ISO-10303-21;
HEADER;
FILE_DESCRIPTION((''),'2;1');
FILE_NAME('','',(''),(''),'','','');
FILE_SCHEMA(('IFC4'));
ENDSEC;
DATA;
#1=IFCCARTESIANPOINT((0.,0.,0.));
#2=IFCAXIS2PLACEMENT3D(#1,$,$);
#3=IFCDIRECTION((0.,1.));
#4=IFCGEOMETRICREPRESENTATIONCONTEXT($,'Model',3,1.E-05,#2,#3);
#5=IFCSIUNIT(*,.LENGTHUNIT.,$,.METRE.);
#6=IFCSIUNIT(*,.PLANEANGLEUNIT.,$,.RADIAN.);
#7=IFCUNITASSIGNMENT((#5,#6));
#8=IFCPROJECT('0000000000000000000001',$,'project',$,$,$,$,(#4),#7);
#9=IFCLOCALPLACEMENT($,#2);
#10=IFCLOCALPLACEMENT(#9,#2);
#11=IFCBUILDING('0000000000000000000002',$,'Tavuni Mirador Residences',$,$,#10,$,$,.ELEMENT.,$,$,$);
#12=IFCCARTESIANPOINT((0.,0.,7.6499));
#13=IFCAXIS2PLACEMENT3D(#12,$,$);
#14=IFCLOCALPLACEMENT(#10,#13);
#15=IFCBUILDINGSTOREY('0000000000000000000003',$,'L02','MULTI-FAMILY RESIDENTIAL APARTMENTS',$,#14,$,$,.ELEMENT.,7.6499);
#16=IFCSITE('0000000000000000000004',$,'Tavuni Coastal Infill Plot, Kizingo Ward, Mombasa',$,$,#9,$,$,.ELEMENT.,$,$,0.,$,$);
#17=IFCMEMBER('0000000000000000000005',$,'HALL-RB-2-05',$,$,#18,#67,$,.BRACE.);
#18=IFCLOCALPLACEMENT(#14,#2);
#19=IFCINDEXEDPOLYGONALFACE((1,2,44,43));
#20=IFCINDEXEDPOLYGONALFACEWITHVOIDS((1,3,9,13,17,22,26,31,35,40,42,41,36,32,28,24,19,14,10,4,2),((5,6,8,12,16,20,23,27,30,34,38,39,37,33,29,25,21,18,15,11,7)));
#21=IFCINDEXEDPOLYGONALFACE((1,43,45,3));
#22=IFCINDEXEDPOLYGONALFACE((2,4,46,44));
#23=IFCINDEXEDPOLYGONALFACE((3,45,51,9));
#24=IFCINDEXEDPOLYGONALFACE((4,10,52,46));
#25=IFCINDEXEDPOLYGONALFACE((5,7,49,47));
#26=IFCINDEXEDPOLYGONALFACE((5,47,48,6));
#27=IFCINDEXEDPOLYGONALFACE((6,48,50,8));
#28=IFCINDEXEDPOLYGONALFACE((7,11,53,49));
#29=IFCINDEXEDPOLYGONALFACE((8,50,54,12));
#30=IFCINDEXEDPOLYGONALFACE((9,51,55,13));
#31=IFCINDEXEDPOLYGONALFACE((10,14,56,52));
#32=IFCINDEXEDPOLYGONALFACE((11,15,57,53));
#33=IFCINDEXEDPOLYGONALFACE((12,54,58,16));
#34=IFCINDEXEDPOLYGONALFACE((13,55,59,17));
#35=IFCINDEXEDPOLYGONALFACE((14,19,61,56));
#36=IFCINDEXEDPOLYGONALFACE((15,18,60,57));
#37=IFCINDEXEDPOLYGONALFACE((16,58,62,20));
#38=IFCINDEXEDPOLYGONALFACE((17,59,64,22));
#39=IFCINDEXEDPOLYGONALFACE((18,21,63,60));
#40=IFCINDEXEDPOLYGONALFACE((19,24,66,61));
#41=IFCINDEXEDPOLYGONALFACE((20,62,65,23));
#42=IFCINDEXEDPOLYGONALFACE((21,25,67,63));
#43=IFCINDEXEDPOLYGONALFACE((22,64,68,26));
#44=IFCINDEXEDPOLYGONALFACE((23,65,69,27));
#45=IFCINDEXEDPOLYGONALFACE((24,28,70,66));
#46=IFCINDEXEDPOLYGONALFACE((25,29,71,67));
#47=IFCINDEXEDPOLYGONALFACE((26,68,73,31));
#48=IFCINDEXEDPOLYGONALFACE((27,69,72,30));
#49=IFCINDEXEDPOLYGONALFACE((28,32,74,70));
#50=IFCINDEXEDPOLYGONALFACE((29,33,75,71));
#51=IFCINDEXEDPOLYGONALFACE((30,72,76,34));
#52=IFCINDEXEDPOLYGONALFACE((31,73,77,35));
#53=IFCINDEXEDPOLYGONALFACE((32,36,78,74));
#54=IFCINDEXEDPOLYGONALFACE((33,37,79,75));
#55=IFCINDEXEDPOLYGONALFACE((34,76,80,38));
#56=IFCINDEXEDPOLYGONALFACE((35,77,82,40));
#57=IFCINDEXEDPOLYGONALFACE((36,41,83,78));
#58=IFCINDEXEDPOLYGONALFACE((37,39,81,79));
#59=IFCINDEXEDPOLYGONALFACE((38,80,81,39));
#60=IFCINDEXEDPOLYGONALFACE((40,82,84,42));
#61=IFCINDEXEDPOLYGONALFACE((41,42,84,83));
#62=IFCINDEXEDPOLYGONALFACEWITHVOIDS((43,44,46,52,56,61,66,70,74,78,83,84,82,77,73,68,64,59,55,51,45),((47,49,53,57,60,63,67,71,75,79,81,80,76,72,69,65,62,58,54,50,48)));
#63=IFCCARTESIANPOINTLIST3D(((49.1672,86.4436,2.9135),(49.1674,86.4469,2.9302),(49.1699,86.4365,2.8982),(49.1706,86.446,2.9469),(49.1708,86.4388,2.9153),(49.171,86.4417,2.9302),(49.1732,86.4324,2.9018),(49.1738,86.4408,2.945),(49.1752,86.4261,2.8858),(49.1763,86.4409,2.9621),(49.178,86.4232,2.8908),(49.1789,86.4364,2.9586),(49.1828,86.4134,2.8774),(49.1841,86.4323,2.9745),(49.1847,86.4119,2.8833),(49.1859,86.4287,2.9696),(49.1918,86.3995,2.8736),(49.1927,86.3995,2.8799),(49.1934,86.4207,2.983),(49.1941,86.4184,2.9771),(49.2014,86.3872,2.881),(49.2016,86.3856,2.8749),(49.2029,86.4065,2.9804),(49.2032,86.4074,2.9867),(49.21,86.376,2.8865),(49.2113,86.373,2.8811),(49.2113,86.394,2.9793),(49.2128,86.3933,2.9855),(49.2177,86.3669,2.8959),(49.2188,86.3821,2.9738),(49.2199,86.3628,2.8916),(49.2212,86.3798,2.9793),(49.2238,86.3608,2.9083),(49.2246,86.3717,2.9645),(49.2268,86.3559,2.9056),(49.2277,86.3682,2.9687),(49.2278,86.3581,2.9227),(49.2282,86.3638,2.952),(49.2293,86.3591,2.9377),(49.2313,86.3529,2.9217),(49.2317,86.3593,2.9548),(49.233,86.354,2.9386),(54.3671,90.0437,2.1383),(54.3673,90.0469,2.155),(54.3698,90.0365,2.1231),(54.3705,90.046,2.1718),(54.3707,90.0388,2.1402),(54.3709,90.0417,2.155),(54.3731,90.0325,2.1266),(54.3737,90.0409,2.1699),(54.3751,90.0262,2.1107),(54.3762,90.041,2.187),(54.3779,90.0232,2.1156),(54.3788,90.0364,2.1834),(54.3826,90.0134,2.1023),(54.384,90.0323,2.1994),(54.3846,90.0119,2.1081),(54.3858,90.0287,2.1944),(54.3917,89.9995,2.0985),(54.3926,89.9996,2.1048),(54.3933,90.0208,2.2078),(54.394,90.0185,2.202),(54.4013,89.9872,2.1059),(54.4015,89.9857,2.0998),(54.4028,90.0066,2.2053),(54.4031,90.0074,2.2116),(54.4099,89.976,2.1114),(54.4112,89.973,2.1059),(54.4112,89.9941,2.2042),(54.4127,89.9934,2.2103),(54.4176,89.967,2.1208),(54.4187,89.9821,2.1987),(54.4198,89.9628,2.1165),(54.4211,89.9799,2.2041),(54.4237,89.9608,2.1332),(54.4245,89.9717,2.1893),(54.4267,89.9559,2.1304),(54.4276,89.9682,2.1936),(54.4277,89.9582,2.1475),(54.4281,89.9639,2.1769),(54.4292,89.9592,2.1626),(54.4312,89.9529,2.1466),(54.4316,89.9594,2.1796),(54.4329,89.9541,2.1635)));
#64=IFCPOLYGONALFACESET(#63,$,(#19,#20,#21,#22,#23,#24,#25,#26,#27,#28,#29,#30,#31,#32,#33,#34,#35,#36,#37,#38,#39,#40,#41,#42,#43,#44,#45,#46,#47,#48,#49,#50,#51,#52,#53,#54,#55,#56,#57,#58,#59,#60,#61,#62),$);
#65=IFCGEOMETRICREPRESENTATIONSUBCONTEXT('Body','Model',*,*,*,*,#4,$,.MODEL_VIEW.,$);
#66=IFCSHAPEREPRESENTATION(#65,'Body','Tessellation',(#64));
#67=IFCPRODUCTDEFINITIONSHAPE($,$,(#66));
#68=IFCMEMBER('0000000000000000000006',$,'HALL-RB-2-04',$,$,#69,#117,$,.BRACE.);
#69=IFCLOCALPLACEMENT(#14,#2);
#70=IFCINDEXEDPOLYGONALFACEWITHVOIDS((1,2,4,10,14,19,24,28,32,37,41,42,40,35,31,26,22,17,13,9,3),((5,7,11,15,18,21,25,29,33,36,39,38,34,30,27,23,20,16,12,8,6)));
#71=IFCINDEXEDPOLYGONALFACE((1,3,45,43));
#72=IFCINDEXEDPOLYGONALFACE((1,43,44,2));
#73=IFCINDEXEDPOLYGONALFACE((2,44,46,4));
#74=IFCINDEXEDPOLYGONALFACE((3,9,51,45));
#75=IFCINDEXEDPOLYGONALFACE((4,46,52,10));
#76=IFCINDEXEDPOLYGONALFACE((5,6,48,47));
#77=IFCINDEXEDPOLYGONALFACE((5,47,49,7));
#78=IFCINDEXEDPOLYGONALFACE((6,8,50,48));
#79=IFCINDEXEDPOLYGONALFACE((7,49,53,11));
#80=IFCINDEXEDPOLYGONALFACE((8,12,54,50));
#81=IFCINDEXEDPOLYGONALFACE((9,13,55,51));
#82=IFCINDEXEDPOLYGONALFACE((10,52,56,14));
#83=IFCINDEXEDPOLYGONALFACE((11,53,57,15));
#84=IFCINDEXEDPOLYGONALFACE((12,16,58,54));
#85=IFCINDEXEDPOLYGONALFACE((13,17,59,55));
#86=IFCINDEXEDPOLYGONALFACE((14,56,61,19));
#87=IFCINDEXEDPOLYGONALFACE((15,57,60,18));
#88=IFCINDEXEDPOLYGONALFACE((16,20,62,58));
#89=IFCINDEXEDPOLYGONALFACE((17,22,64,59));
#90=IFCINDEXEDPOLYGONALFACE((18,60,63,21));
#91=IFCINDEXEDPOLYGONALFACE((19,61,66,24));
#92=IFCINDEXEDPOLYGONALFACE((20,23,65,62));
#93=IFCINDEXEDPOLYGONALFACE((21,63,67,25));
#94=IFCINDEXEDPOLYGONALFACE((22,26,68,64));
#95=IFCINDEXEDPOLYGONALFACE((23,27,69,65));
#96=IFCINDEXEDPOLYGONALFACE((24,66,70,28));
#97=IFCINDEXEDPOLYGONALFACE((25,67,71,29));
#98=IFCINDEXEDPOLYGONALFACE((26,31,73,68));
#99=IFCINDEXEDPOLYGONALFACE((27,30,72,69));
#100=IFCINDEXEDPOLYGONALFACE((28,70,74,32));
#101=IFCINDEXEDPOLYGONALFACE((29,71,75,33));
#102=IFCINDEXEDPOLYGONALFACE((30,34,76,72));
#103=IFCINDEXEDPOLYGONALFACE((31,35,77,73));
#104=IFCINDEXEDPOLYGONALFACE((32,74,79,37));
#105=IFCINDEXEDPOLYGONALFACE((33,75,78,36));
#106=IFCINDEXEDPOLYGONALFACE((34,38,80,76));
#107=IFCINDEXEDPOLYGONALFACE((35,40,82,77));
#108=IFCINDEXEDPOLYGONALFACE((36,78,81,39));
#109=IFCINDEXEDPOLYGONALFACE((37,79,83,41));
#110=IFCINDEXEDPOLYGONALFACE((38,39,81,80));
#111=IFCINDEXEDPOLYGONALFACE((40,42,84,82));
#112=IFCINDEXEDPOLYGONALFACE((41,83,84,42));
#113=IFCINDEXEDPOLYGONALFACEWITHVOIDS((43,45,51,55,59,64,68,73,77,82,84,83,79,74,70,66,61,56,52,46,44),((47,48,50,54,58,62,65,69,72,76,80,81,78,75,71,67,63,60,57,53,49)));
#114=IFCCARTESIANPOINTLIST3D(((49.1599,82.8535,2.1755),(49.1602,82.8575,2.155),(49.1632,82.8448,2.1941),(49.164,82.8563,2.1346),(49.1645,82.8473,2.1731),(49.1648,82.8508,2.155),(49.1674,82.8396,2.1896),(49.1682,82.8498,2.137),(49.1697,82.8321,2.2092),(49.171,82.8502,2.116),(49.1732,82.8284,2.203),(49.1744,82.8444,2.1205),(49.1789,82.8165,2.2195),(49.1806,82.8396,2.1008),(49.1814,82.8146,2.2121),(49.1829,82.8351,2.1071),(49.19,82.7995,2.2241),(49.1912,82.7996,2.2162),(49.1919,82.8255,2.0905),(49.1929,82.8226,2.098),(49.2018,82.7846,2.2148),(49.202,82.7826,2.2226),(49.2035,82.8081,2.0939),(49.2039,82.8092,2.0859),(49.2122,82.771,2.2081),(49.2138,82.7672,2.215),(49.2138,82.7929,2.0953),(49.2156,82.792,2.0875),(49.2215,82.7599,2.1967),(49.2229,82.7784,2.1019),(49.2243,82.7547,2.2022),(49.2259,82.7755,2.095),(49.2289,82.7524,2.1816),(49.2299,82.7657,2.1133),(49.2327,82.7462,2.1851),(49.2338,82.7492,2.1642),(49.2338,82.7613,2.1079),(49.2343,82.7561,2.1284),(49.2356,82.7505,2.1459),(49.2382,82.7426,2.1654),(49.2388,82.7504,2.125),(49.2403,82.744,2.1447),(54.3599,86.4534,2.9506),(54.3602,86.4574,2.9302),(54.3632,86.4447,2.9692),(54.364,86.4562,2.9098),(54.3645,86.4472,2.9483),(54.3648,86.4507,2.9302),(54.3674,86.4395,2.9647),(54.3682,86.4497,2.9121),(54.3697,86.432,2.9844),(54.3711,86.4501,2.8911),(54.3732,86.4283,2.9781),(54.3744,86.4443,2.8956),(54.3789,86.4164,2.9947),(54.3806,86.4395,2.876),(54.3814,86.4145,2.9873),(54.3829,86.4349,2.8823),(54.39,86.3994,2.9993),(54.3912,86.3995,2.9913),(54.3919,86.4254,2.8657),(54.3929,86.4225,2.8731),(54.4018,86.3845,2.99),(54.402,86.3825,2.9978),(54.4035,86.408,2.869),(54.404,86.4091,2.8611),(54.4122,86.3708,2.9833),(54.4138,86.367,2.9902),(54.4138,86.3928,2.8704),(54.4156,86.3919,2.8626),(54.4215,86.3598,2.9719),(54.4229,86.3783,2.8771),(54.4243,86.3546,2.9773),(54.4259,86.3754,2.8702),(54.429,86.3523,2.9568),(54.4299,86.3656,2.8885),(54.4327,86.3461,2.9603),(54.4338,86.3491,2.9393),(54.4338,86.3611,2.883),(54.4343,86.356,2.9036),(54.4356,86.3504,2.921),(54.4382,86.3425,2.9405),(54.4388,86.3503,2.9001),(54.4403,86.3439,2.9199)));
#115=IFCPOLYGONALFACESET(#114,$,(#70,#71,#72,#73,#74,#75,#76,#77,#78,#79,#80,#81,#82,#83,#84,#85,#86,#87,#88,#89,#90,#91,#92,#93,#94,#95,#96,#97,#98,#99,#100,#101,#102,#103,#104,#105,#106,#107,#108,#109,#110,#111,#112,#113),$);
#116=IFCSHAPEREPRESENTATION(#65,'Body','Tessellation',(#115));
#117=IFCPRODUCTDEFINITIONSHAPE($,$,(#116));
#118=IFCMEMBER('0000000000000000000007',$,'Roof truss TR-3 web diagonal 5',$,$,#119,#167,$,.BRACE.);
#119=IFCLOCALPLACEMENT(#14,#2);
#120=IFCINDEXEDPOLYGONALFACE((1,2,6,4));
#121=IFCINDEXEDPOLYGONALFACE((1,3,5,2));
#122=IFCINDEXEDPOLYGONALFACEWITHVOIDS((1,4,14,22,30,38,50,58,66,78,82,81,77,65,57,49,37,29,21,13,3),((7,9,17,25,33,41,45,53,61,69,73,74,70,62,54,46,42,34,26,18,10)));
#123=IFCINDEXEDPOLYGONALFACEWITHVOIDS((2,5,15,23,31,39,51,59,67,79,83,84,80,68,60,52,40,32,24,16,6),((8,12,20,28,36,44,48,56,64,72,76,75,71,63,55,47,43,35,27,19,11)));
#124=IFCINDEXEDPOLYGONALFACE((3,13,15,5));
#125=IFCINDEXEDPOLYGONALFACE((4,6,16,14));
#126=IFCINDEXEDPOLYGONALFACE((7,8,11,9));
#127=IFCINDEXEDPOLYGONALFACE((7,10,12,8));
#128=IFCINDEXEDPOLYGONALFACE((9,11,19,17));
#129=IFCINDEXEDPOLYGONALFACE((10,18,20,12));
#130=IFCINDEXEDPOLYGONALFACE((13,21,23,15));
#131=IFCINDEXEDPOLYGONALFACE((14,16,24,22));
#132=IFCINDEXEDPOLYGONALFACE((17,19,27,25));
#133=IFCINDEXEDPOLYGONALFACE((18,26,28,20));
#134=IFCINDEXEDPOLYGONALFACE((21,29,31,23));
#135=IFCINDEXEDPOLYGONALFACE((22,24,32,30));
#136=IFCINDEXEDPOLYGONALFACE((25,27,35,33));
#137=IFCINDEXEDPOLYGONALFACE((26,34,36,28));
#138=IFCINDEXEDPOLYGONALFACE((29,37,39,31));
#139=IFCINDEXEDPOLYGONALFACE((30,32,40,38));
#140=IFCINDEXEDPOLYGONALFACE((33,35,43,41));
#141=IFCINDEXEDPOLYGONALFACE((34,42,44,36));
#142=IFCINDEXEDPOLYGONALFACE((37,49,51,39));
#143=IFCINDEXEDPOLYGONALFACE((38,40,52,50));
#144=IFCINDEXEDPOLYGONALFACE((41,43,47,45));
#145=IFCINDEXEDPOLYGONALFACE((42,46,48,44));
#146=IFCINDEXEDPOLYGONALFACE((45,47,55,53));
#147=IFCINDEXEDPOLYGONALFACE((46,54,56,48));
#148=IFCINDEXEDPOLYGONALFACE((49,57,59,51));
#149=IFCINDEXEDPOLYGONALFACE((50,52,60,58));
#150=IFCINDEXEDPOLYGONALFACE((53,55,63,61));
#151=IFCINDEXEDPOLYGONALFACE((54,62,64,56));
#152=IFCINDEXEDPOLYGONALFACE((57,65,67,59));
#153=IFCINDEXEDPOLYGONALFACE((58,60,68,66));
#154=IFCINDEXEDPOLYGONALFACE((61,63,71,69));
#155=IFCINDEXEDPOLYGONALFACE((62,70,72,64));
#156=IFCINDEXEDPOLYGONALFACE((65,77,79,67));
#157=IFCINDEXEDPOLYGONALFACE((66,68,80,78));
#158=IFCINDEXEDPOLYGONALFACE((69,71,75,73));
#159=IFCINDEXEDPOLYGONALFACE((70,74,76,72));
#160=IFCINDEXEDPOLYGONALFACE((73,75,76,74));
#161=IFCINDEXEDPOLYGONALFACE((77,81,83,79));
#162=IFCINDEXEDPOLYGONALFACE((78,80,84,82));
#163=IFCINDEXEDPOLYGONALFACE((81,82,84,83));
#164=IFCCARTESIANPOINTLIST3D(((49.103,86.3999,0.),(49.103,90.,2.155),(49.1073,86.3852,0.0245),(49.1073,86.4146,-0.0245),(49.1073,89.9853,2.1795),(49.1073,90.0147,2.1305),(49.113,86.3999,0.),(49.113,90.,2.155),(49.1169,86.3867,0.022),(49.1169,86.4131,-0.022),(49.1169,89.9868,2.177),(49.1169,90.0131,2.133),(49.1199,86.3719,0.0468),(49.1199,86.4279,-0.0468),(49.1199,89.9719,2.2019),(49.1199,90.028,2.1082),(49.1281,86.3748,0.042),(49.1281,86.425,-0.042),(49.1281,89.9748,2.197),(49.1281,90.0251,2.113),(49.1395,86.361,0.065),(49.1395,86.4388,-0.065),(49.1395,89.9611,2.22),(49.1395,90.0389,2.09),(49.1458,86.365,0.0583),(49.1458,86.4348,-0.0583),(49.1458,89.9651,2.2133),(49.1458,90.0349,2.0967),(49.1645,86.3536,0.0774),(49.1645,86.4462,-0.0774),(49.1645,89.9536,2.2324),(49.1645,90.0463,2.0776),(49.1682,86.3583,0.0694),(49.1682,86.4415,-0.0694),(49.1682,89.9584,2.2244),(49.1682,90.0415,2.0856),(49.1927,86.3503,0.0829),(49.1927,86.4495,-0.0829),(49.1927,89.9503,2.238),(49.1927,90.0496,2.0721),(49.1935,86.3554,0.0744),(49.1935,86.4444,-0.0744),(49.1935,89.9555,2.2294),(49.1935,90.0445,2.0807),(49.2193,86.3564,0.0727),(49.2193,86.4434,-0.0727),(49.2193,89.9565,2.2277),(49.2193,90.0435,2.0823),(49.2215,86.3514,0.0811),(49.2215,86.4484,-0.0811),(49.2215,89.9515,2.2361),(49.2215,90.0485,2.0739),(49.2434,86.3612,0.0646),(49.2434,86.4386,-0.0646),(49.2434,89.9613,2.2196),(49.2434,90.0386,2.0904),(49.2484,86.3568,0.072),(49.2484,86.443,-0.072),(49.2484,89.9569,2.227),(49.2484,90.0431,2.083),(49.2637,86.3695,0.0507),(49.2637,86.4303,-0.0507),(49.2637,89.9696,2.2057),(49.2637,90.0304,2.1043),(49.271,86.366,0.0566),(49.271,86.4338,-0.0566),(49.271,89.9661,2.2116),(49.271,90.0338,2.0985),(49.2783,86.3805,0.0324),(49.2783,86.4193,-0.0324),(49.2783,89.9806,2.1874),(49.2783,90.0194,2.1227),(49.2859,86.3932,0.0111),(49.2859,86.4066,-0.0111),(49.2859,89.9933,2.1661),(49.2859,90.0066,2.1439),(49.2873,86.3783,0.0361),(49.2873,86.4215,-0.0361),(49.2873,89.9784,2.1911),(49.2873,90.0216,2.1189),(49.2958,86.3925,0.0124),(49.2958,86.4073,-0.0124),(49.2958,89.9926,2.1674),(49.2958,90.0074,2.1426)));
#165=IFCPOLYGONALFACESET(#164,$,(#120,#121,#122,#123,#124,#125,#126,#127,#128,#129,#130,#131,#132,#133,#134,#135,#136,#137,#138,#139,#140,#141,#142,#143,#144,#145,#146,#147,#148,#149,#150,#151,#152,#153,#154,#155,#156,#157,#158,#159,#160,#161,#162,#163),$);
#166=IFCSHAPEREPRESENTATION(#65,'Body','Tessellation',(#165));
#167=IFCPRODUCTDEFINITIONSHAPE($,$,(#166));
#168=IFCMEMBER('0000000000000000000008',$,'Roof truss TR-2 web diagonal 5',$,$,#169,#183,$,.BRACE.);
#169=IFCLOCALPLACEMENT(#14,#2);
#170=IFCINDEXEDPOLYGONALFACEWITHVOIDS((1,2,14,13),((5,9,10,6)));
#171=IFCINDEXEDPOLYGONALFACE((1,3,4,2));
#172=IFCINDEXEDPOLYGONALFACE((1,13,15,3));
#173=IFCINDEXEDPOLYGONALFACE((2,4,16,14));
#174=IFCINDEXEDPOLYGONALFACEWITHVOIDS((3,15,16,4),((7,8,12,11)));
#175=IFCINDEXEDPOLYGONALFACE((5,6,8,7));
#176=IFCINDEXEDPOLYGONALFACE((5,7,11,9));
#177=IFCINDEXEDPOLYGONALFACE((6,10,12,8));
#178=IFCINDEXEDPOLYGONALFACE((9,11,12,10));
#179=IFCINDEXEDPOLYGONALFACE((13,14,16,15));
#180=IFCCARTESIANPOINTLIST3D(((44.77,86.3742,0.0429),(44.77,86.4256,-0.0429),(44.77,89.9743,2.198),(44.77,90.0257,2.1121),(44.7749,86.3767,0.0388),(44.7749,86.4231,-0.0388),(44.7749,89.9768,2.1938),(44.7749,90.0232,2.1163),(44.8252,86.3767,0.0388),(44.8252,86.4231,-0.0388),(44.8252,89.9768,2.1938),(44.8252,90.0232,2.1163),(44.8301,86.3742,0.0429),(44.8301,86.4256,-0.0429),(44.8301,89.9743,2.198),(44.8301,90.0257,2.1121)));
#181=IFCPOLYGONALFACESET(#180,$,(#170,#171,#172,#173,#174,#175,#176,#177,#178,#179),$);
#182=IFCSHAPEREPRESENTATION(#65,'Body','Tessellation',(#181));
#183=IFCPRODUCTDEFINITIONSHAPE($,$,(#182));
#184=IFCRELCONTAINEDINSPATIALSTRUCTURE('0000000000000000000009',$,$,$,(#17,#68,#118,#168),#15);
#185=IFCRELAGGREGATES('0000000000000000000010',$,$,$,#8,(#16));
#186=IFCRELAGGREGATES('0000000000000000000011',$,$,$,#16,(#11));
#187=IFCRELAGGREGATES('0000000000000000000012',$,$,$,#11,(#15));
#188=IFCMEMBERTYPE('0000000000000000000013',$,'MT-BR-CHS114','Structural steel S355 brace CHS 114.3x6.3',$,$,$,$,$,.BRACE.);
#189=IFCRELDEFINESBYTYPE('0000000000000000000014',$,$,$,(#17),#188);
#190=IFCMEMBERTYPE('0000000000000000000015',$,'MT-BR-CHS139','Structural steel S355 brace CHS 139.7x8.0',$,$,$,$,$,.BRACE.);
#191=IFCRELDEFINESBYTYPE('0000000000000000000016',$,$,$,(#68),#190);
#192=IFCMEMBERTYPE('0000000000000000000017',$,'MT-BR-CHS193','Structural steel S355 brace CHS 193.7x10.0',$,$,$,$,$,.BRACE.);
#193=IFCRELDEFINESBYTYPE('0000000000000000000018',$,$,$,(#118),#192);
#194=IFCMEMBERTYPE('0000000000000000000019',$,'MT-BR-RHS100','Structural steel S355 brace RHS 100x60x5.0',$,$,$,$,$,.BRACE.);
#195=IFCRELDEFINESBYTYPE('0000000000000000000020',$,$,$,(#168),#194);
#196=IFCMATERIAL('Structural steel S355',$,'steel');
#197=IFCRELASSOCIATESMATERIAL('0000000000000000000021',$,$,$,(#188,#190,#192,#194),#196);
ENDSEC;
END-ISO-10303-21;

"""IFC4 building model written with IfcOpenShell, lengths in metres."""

from ifc_helpers import new_model, si_unit, direction, frame, origin, origin_2d, place, context, subcontext, project, spatial, hollow_rectangle, hollow_circle, extrude, material, material_profile, profile_set, type_object, element, save


model = new_model("IFC4")

# Units and contexts
model_context = context("Model", 3, precision=1e-05, world=origin(), true_north=direction((0.0, 1.0)))
body_context = subcontext(model_context, "Body", "Model", "MODEL_VIEW")
ifc_project = project(units=[si_unit("LENGTHUNIT", "METRE"), si_unit("PLANEANGLEUNIT", "RADIAN")], contexts=[model_context])

# Site, building, storey
site_placement = place(None, origin())
site = spatial("IfcSite", under=ifc_project, at=site_placement, Name="Tavuni Coastal Infill Plot, Kizingo Ward, Mombasa", CompositionType="ELEMENT", RefElevation=0.0)
building_placement = place(site_placement, origin())
building = spatial("IfcBuilding", under=site, at=building_placement, Name="Tavuni Mirador Residences", CompositionType="ELEMENT")
storey_placement = place(building_placement, frame((0.0, 0.0, 7.6499)))
storey = spatial("IfcBuildingStorey", under=building, at=storey_placement, Name="L02", Description="MULTI-FAMILY RESIDENTIAL APARTMENTS", CompositionType="ELEMENT", Elevation=7.6499)

# Members
ifc_material_1 = material(Name="Structural steel S355", Category="steel")
ifc_material_profile_1 = material_profile(ifc_material_1, hollow_circle(Radius=0.0571, WallThickness=0.0063, at=origin_2d()), Name="CHS 114.3x6.3", Category="steel")
ifc_profile_set_1 = profile_set([ifc_material_profile_1], Name="Structural steel S355")
member_type_1 = type_object("IfcMemberType", Name="MT-BR-CHS114", Description="Structural steel S355 brace CHS 114.3x6.3", PredefinedType="BRACE", material=ifc_profile_set_1)
member_1_placement = place(storey_placement, frame((49.2, 86.3999, 2.9302), z_axis=(0.816076, 0.564996, -0.121651), x_axis=(-0.569224, 0.822182, 0.0)))
element("IfcMember", 1, at=member_1_placement, inside=storey, type_object=member_type_1, Name="HALL-RB-2-05", PredefinedType="BRACE", context=body_context, shape_type="SweptSolid", body=[
    extrude(hollow_circle(Radius=0.0571, WallThickness=0.0063, at=origin_2d()), origin(), (0.0, 0.0, 1.0), 6.3718),
])
ifc_material_profile_2 = material_profile(ifc_material_1, hollow_circle(Radius=0.0698, WallThickness=0.0081, at=origin_2d()), Name="CHS 139.7x8.0", Category="steel")
ifc_profile_set_2 = profile_set([ifc_material_profile_2], Name="Structural steel S355")
member_type_2 = type_object("IfcMemberType", Name="MT-BR-CHS139", Description="Structural steel S355 brace CHS 139.7x8.0", PredefinedType="BRACE", material=ifc_profile_set_2)
member_2_placement = place(storey_placement, frame((49.2, 82.8, 2.155), z_axis=(0.816094, 0.56497, 0.121653), x_axis=(-0.569198, 0.822201, 0.0)))
element("IfcMember", 2, at=member_2_placement, inside=storey, type_object=member_type_2, Name="HALL-RB-2-04", PredefinedType="BRACE", context=body_context, shape_type="SweptSolid", body=[
    extrude(hollow_circle(Radius=0.0698, WallThickness=0.0081, at=origin_2d()), origin(), (0.0, 0.0, 1.0), 6.3718),
])
ifc_material_profile_3 = material_profile(ifc_material_1, hollow_circle(Radius=0.0969, WallThickness=0.01, at=origin_2d()), Name="CHS 193.7x10.0", Category="steel")
ifc_profile_set_3 = profile_set([ifc_material_profile_3], Name="Structural steel S355")
member_type_3 = type_object("IfcMemberType", Name="MT-BR-CHS193", Description="Structural steel S355 brace CHS 193.7x10.0", PredefinedType="BRACE", material=ifc_profile_set_3)
member_3_placement = place(storey_placement, frame((49.2, 86.3999, 0.0), z_axis=(0.0, 0.858021, 0.513614), x_axis=(-1.0, 0.0, 0.0)))
element("IfcMember", 3, at=member_3_placement, inside=storey, type_object=member_type_3, Name="Roof truss TR-3 web diagonal 5", PredefinedType="BRACE", context=body_context, shape_type="SweptSolid", body=[
    extrude(hollow_circle(Radius=0.0969, WallThickness=0.01, at=origin_2d()), origin(), (0.0, 0.0, 1.0), 4.1958),
])
ifc_material_profile_4 = material_profile(ifc_material_1, hollow_rectangle(XDim=0.0601, YDim=0.1001, WallThickness=0.0049, at=origin_2d()), Name="RHS 100x60x5.0", Category="steel")
ifc_profile_set_4 = profile_set([ifc_material_profile_4], Name="Structural steel S355")
member_type_4 = type_object("IfcMemberType", Name="MT-BR-RHS100", Description="Structural steel S355 brace RHS 100x60x5.0", PredefinedType="BRACE", material=ifc_profile_set_4)
member_4_placement = place(storey_placement, frame((44.8, 86.3999, 0.0), z_axis=(0.0, 0.858021, 0.513614), x_axis=(-1.0, 0.0, 0.0)))
element("IfcMember", 4, at=member_4_placement, inside=storey, type_object=member_type_4, Name="Roof truss TR-2 web diagonal 5", PredefinedType="BRACE", context=body_context, shape_type="SweptSolid", body=[
    extrude(hollow_rectangle(XDim=0.0601, YDim=0.1001, WallThickness=0.0049, at=origin_2d()), origin(), (0.0, 0.0, 1.0), 4.1958),
])

save(model, "model.ifc")
